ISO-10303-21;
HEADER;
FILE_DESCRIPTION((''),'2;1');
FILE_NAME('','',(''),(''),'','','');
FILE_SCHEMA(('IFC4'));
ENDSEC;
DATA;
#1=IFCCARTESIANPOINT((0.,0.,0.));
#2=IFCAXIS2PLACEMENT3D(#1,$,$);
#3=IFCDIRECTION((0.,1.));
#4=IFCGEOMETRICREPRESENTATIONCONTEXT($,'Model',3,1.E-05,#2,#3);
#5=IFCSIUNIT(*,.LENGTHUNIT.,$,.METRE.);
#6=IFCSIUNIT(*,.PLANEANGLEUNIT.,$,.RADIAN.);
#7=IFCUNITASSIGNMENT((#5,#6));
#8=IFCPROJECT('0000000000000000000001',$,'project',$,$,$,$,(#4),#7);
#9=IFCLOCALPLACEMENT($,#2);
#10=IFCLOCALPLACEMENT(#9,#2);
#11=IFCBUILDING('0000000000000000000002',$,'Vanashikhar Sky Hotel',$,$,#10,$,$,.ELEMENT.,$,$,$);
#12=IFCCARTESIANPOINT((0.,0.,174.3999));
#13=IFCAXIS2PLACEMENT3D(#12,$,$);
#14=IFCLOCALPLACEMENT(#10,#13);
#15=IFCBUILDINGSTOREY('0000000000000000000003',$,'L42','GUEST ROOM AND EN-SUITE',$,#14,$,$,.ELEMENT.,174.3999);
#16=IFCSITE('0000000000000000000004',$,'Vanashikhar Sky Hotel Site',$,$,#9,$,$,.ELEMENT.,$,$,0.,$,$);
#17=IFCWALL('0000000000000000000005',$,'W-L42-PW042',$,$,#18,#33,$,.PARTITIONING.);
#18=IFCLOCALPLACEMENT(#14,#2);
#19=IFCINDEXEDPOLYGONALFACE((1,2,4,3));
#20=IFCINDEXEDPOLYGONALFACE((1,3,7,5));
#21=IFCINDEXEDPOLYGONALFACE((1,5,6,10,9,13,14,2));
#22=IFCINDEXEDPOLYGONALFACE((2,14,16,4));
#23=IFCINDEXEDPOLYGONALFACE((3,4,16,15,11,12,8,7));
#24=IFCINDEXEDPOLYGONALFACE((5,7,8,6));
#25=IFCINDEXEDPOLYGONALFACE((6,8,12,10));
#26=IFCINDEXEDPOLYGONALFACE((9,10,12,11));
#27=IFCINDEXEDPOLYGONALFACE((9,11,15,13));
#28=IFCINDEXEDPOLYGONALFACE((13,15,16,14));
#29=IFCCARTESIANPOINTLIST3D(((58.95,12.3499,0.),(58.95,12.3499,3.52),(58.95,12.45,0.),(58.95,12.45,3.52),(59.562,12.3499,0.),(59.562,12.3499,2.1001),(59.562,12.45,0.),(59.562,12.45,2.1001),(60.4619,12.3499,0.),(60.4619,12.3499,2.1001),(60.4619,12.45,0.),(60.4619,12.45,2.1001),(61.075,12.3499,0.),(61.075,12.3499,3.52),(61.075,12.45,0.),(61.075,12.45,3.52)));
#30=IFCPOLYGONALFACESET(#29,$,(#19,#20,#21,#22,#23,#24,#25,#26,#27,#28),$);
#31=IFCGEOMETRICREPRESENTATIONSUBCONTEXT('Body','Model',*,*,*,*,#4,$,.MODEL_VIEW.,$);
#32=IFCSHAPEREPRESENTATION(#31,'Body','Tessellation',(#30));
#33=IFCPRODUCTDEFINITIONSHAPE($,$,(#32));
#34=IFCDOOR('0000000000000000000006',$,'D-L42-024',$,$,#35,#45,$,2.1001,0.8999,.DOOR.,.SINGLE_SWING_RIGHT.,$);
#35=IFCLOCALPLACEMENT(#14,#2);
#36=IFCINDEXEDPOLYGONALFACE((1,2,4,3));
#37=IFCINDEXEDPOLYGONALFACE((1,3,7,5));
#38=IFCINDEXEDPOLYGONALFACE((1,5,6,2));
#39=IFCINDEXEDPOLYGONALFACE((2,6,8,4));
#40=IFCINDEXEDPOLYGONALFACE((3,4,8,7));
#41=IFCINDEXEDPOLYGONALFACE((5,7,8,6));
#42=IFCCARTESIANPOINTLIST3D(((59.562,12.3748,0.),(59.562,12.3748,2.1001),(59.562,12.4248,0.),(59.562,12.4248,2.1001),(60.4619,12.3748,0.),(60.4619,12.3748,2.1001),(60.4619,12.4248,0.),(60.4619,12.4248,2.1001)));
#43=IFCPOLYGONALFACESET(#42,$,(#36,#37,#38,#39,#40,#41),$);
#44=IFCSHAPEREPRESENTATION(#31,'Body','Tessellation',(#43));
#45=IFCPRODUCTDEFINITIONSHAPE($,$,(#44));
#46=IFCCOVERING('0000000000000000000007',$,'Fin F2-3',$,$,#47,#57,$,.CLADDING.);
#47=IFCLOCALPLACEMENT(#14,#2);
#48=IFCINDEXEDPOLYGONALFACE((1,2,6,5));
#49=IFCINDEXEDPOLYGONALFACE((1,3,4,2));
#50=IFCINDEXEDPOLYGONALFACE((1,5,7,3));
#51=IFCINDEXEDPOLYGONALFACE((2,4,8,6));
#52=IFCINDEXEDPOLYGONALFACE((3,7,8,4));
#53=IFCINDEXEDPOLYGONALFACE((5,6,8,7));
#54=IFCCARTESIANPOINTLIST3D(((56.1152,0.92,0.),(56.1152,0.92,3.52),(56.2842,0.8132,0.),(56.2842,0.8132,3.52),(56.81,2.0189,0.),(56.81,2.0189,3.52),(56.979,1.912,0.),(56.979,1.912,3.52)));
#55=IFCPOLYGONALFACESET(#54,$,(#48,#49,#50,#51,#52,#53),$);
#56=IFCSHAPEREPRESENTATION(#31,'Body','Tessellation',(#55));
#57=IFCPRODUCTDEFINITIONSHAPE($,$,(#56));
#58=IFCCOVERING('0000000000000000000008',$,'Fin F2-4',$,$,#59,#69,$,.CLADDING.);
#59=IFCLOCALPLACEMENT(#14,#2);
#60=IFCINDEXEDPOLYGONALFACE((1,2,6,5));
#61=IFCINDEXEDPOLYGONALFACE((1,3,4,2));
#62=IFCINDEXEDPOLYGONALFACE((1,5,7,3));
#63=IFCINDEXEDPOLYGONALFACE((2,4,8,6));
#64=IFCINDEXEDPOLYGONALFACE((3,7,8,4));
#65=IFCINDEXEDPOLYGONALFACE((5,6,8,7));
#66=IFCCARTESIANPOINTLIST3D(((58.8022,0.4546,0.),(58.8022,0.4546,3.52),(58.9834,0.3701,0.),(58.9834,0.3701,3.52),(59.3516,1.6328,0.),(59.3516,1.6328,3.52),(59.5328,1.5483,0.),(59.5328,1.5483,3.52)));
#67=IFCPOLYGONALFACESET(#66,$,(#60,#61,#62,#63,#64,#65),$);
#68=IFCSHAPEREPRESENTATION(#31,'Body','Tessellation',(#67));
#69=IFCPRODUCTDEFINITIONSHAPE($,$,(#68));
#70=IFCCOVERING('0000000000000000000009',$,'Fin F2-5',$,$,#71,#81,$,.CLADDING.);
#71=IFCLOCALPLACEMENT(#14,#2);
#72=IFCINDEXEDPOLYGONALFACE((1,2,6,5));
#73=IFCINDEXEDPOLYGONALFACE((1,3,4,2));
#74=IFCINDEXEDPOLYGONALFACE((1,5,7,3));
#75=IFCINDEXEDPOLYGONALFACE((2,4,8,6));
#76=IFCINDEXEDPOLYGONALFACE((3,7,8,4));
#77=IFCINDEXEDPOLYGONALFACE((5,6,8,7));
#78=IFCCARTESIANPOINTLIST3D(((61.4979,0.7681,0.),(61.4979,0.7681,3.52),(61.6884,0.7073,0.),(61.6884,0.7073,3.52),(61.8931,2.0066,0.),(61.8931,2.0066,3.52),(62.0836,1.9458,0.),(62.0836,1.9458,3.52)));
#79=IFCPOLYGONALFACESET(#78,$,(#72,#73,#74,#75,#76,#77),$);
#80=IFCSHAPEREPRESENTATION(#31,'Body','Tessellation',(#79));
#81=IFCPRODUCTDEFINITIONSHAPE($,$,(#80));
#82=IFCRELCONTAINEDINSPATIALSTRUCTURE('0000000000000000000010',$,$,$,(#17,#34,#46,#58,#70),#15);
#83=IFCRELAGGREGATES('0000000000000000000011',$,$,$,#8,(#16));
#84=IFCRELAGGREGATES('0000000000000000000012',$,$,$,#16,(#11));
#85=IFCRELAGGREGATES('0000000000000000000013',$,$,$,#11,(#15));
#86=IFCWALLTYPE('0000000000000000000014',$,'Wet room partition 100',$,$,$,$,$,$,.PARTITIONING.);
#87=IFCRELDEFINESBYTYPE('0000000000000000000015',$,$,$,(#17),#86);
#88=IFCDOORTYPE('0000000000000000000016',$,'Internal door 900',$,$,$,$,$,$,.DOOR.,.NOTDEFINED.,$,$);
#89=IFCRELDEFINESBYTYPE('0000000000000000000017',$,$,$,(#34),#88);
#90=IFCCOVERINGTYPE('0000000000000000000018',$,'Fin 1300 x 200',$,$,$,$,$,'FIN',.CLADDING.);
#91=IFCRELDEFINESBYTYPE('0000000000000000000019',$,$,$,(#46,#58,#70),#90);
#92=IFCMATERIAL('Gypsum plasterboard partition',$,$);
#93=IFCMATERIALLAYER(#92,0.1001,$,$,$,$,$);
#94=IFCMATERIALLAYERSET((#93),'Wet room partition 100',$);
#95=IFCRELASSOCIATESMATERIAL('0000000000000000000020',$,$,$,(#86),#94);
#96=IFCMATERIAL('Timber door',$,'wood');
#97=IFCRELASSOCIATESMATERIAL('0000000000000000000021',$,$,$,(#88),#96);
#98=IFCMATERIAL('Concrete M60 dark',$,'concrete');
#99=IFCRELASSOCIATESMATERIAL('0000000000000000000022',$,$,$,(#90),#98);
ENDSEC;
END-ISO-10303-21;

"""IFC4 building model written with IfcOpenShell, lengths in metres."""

from ifc_helpers import new_model, si_unit, direction, frame, frame_2d, origin, origin_2d, place, context, subcontext, project, spatial, rectangle, extrude, source, transform, mapped, material, layer, layer_set, material_profile, profile_set, type_object, element, fill, save


model = new_model("IFC4")

# Units and contexts
model_context = context("Model", 3, precision=1e-05, world=origin(), true_north=direction((0.0, 1.0)))
body_context = subcontext(model_context, "Body", "Model", "MODEL_VIEW")
ifc_project = project(units=[si_unit("LENGTHUNIT", "METRE"), si_unit("PLANEANGLEUNIT", "RADIAN")], contexts=[model_context])

# Site, building, storey
site_placement = place(None, origin())
site = spatial("IfcSite", under=ifc_project, at=site_placement, Name="Vanashikhar Sky Hotel Site", CompositionType="ELEMENT", RefElevation=0.0)
building_placement = place(site_placement, origin())
building = spatial("IfcBuilding", under=site, at=building_placement, Name="Vanashikhar Sky Hotel", CompositionType="ELEMENT")
storey_placement = place(building_placement, frame((0.0, 0.0, 174.3999)))
storey = spatial("IfcBuildingStorey", under=building, at=storey_placement, Name="L42", Description="GUEST ROOM AND EN-SUITE", CompositionType="ELEMENT", Elevation=174.3999)

# Shared definitions
ifc_material_1 = material(Name="Gypsum plasterboard partition")

# Wall, opening, door
ifc_layer_1 = layer(ifc_material_1, 0.1001)
ifc_layer_set_1 = layer_set([ifc_layer_1], Name="Wet room partition 100")
wall_type_1 = type_object("IfcWallType", Name="Wet room partition 100", PredefinedType="PARTITIONING", material=ifc_layer_set_1)
shared_shape_1 = source(origin(), body_context, "Body", "SweptSolid", [
    extrude(rectangle(XDim=2.125, YDim=0.1001, at=frame_2d((1.0625, 0.0))), origin(), (0.0, 0.0, 1.0), 3.52),
])
wall_1_placement = place(storey_placement, frame((58.95, 12.3999, 0.0), z_axis=(0.0, 0.0, 1.0), x_axis=(1.0, 0.0, 0.0)))
wall_1 = element("IfcWall", 1, at=wall_1_placement, inside=storey, type_object=wall_type_1, Name="W-L42-PW042", PredefinedType="PARTITIONING", context=body_context, shape_type="MappedRepresentation", body=[
    mapped(shared_shape_1, transform((0.0, 0.0, 0.0), scale=1.0)),
])
shared_shape_2 = source(origin(), body_context, "Body", "SweptSolid", [
    extrude(rectangle(XDim=0.8999, YDim=2.1001, at=frame_2d((0.45, 1.05))), frame((0.0, 0.0601, 0.0), z_axis=(0.0, -1.0, 0.0), x_axis=(1.0, 0.0, 0.0)), (0.0, 0.0, 1.0), 0.1201),
])
opening_1_placement = place(wall_1_placement, frame((0.6121, 0.0, 0.0)))
opening_1 = element("IfcOpeningElement", 2, at=opening_1_placement, cuts=wall_1, PredefinedType="OPENING", context=body_context, shape_type="MappedRepresentation", body=[
    mapped(shared_shape_2, transform((0.0, 0.0, 0.0), scale=1.0)),
])
ifc_material_2 = material(Name="Timber door", Category="wood")
door_type = type_object("IfcDoorType", Name="Internal door 900", OperationType="NOTDEFINED", PredefinedType="DOOR", material=ifc_material_2)
shared_shape_3 = source(origin(), body_context, "Body", "SweptSolid", [
    extrude(rectangle(XDim=0.8999, YDim=2.1001, at=frame_2d((0.45, 1.05))), frame((0.0, 0.0249, 0.0), z_axis=(0.0, -1.0, 0.0), x_axis=(1.0, 0.0, 0.0)), (0.0, 0.0, 1.0), 0.05),
])
door_placement = place(opening_1_placement, origin())
door = element("IfcDoor", 3, at=door_placement, inside=storey, type_object=door_type, Name="D-L42-024", OperationType="SINGLE_SWING_RIGHT", OverallHeight=2.1001, OverallWidth=0.8999, PredefinedType="DOOR", context=body_context, shape_type="MappedRepresentation", body=[
    mapped(shared_shape_3, transform((0.0, 0.0, 0.0), scale=1.0)),
])
fill(opening_1, door)

# Coverings
ifc_material_3 = material(Name="Concrete M60 dark", Category="concrete")
ifc_material_profile = material_profile(ifc_material_3, rectangle(XDim=1.3, YDim=0.2, at=origin_2d()))
ifc_profile_set = profile_set([ifc_material_profile], Name="Fin 1300 x 200")
covering_type = type_object("IfcCoveringType", Name="Fin 1300 x 200", ElementType="FIN", PredefinedType="CLADDING", material=ifc_profile_set)
shared_shape_4 = source(origin(), body_context, "Body", "SweptSolid", [
    extrude(rectangle(XDim=1.3, YDim=0.2, at=origin_2d()), origin(), (0.0, 0.0, 1.0), 3.52),
])
for number, where, z_axis, x_axis, name in (
    (4, (56.5471, 1.416, 0.0), (0.0, 0.0, 1.0), (-0.534411, -0.845225, 0.0), "Fin F2-3"),
    (5, (59.1675, 1.0015, 0.0), (0.0, 0.0, 1.0), (-0.422618, -0.906308, 0.0), "Fin F2-4"),
    (6, (61.7908, 1.3569, 0.0), (0.0, 0.0, 1.0), (-0.303967, -0.952683, 0.0), "Fin F2-5"),
):
    element("IfcCovering", number, at=place(storey_placement, frame(where, z_axis=z_axis, x_axis=x_axis)), inside=storey, type_object=covering_type, Name=name, PredefinedType="CLADDING", context=body_context, shape_type="MappedRepresentation", body=[
        mapped(shared_shape_4, transform((0.0, 0.0, 0.0), scale=1.0)),
    ])

save(model, "model.ifc")
